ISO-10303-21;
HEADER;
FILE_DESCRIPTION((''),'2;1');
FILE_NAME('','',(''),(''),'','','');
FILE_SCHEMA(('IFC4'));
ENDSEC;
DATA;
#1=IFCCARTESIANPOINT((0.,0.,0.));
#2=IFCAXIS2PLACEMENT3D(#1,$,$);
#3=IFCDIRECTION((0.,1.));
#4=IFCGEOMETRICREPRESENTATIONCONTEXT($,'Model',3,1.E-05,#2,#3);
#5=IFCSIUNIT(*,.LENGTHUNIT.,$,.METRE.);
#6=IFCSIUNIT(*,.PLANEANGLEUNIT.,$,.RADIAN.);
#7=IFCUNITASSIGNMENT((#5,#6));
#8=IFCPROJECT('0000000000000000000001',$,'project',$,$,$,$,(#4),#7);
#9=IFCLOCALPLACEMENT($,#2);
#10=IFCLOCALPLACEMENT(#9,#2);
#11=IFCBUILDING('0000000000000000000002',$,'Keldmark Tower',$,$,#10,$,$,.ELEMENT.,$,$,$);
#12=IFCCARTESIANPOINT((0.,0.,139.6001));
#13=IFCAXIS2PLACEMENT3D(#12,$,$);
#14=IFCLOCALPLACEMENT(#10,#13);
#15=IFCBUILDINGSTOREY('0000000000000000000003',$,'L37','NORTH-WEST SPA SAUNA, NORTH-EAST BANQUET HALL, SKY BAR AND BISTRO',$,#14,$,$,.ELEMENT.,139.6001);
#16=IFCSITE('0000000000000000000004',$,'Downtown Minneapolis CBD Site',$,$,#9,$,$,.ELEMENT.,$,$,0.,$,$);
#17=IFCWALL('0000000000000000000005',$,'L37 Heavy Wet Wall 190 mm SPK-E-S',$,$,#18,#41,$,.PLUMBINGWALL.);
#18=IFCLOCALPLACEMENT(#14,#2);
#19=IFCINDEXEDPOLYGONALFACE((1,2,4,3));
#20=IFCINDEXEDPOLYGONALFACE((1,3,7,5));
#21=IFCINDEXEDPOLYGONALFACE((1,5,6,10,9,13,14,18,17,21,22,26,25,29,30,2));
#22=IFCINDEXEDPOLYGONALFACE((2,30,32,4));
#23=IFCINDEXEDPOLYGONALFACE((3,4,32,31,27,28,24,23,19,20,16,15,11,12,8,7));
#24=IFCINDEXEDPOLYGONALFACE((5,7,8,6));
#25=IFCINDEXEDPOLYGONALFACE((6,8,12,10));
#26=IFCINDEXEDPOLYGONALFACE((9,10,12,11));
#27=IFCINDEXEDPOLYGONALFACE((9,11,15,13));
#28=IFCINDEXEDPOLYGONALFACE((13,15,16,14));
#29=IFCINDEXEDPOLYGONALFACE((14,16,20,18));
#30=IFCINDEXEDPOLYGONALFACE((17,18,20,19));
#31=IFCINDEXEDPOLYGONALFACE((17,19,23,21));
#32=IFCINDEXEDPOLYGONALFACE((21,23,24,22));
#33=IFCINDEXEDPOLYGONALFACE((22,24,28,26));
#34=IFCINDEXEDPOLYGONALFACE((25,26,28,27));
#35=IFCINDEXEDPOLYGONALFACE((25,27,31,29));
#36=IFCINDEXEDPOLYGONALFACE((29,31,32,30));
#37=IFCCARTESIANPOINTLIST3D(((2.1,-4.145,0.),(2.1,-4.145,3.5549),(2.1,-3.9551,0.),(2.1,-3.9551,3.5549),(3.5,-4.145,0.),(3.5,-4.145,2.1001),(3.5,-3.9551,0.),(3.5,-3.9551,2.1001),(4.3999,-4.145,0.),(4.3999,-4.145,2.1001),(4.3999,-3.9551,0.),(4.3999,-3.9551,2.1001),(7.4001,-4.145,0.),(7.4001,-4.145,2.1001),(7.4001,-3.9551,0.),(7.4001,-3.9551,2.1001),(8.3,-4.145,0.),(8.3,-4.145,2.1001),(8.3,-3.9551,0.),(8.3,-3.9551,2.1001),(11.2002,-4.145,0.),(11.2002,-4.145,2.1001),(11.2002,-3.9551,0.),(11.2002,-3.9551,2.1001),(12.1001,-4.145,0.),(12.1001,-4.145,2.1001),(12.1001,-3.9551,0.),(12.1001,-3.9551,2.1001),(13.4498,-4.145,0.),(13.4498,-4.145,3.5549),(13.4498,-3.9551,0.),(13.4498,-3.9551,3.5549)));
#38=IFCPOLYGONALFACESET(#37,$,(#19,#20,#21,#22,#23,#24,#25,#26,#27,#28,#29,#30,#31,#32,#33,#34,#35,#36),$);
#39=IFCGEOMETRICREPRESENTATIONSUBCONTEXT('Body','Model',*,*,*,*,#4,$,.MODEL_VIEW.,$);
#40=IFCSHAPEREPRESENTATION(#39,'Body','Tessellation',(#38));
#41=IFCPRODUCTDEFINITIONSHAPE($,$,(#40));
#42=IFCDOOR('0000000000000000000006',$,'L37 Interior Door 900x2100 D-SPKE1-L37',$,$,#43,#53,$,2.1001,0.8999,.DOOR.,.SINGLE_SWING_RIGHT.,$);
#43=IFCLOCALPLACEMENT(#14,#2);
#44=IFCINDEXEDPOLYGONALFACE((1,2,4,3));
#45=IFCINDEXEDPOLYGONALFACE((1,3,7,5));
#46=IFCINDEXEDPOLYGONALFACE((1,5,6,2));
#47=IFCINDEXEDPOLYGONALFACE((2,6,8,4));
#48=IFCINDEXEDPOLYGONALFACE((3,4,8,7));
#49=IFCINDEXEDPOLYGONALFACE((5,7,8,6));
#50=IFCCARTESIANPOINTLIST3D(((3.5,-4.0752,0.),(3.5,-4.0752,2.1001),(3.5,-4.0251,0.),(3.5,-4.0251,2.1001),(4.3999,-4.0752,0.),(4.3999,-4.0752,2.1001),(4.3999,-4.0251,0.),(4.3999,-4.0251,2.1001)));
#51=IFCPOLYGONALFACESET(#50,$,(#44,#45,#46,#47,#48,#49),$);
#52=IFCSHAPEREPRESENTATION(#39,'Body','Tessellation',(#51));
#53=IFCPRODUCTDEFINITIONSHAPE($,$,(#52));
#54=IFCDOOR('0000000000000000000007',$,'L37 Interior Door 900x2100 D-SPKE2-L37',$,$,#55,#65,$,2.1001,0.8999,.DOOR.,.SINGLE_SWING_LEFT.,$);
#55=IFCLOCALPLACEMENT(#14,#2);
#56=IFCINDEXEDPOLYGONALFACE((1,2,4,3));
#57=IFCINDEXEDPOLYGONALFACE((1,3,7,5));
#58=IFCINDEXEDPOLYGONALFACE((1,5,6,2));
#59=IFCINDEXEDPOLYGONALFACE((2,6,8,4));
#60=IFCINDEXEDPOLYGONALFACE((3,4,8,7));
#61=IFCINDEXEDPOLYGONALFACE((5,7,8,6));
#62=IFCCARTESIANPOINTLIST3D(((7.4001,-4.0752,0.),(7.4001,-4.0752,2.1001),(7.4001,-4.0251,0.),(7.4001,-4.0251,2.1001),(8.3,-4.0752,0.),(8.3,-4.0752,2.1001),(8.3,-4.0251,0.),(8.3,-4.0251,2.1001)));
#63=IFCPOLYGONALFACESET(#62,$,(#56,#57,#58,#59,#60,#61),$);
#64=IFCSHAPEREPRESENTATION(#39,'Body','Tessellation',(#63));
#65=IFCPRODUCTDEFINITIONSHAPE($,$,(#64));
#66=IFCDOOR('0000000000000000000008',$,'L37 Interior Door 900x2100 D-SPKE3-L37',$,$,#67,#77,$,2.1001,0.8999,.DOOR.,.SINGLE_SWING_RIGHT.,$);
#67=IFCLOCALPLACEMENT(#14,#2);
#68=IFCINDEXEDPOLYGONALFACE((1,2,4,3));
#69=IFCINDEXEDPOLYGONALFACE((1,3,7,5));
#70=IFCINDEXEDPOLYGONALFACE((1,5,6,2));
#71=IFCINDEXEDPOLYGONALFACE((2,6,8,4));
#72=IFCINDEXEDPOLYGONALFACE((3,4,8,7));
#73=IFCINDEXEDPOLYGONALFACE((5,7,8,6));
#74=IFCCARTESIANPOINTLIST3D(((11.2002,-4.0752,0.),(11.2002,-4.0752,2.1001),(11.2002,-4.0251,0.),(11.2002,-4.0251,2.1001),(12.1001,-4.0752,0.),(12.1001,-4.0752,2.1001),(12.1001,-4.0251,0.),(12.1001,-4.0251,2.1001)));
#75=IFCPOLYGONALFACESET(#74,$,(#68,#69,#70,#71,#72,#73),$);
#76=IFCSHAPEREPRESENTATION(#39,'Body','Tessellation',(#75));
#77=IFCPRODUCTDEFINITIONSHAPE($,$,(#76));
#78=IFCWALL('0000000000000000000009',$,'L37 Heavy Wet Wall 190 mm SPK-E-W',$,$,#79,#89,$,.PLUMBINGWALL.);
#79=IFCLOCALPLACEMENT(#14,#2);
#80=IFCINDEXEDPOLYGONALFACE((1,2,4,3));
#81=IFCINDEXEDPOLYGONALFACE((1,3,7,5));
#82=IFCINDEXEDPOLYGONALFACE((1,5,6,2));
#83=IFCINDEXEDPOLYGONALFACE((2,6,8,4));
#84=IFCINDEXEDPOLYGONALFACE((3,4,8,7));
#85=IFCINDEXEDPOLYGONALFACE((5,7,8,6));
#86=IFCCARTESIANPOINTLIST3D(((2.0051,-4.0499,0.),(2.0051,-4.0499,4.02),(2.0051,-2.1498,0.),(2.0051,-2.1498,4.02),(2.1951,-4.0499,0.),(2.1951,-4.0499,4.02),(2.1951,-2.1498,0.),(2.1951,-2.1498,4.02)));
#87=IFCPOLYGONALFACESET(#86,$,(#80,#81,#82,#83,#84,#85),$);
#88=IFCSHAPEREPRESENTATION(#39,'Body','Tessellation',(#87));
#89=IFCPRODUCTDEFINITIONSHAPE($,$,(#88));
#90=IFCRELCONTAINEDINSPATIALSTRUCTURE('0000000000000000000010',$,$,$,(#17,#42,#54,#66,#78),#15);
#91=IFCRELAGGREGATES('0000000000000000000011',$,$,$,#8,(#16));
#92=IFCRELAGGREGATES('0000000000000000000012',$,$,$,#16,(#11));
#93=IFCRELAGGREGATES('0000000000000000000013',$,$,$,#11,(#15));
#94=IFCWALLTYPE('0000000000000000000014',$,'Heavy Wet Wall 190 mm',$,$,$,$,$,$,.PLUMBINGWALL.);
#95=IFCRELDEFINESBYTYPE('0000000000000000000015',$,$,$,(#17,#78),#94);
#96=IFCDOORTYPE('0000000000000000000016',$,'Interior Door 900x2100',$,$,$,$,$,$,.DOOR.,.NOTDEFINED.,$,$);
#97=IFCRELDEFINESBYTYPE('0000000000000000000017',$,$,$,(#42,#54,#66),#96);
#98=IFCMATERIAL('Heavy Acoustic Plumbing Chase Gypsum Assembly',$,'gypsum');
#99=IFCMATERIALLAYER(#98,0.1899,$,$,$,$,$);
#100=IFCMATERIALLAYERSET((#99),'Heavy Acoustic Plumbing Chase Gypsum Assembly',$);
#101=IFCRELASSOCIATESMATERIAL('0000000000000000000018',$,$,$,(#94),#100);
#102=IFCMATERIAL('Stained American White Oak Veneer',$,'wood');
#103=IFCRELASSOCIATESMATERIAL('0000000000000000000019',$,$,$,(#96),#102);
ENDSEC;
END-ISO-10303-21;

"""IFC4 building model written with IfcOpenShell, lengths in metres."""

from ifc_helpers import new_model, si_unit, direction, frame, frame_2d, origin, place, context, subcontext, project, spatial, rectangle, extrude, material, layer, layer_set, type_object, element, fill, save


model = new_model("IFC4")

# Units and contexts
model_context = context("Model", 3, precision=1e-05, world=origin(), true_north=direction((0.0, 1.0)))
body_context = subcontext(model_context, "Body", "Model", "MODEL_VIEW")
ifc_project = project(units=[si_unit("LENGTHUNIT", "METRE"), si_unit("PLANEANGLEUNIT", "RADIAN")], contexts=[model_context])

# Site, building, storey
site_placement = place(None, origin())
site = spatial("IfcSite", under=ifc_project, at=site_placement, Name="Downtown Minneapolis CBD Site", CompositionType="ELEMENT", RefElevation=0.0)
building_placement = place(site_placement, origin())
building = spatial("IfcBuilding", under=site, at=building_placement, Name="Keldmark Tower", CompositionType="ELEMENT")
storey_placement = place(building_placement, frame((0.0, 0.0, 139.6001)))
storey = spatial("IfcBuildingStorey", under=building, at=storey_placement, Name="L37", Description="NORTH-WEST SPA SAUNA, NORTH-EAST BANQUET HALL, SKY BAR AND BISTRO", CompositionType="ELEMENT", Elevation=139.6001)

# Wall, openings, doors
ifc_material_1 = material(Name="Heavy Acoustic Plumbing Chase Gypsum Assembly", Category="gypsum")
ifc_layer_1 = layer(ifc_material_1, 0.1899)
ifc_layer_set_1 = layer_set([ifc_layer_1], Name="Heavy Acoustic Plumbing Chase Gypsum Assembly")
wall_type = type_object("IfcWallType", Name="Heavy Wet Wall 190 mm", PredefinedType="PLUMBINGWALL", material=ifc_layer_set_1)
wall_1_placement = place(storey_placement, frame((2.1001, -4.05, 0.0), z_axis=(0.0, 0.0, 1.0), x_axis=(1.0, 0.0, 0.0)))
wall_1 = element("IfcWall", 1, at=wall_1_placement, inside=storey, type_object=wall_type, Name="L37 Heavy Wet Wall 190 mm SPK-E-S", PredefinedType="PLUMBINGWALL", context=body_context, shape_type="SweptSolid", body=[
    extrude(rectangle(XDim=11.3499, YDim=0.1899, at=frame_2d((5.6748, 0.0))), origin(), (0.0, 0.0, 1.0), 3.5549),
])
opening_1_placement = place(wall_1_placement, frame((1.3999, 0.0, 0.0)))
opening_1 = element("IfcOpeningElement", 2, at=opening_1_placement, cuts=wall_1, PredefinedType="OPENING", context=body_context, shape_type="SweptSolid", body=[
    extrude(rectangle(XDim=0.8999, YDim=2.1001, at=frame_2d((0.45, 1.05))), frame((0.0, 0.105, 0.0), z_axis=(0.0, -1.0, 0.0), x_axis=(1.0, 0.0, 0.0)), (0.0, 0.0, 1.0), 0.21),
])
opening_2_placement = place(wall_1_placement, frame((5.3, 0.0, 0.0)))
opening_2 = element("IfcOpeningElement", 3, at=opening_2_placement, cuts=wall_1, PredefinedType="OPENING", context=body_context, shape_type="SweptSolid", body=[
    extrude(rectangle(XDim=0.8999, YDim=2.1001, at=frame_2d((0.45, 1.05))), frame((0.0, 0.105, 0.0), z_axis=(0.0, -1.0, 0.0), x_axis=(1.0, 0.0, 0.0)), (0.0, 0.0, 1.0), 0.21),
])
opening_3_placement = place(wall_1_placement, frame((9.1001, 0.0, 0.0)))
opening_3 = element("IfcOpeningElement", 4, at=opening_3_placement, cuts=wall_1, PredefinedType="OPENING", context=body_context, shape_type="SweptSolid", body=[
    extrude(rectangle(XDim=0.8999, YDim=2.1001, at=frame_2d((0.45, 1.05))), frame((0.0, 0.105, 0.0), z_axis=(0.0, -1.0, 0.0), x_axis=(1.0, 0.0, 0.0)), (0.0, 0.0, 1.0), 0.21),
])
ifc_material_2 = material(Name="Stained American White Oak Veneer", Category="wood")
door_type = type_object("IfcDoorType", Name="Interior Door 900x2100", OperationType="NOTDEFINED", PredefinedType="DOOR", material=ifc_material_2)
door_1_placement = place(opening_1_placement, origin())
door_1 = element("IfcDoor", 5, at=door_1_placement, inside=storey, type_object=door_type, Name="L37 Interior Door 900x2100 D-SPKE1-L37", OperationType="SINGLE_SWING_RIGHT", OverallHeight=2.1001, OverallWidth=0.8999, PredefinedType="DOOR", context=body_context, shape_type="SweptSolid", body=[
    extrude(rectangle(XDim=0.8999, YDim=2.1001, at=frame_2d((0.45, 1.05))), frame((0.0, 0.0249, 0.0), z_axis=(0.0, -1.0, 0.0), x_axis=(1.0, 0.0, 0.0)), (0.0, 0.0, 1.0), 0.05),
])
fill(opening_1, door_1)
door_2_placement = place(opening_2_placement, origin())
door_2 = element("IfcDoor", 6, at=door_2_placement, inside=storey, type_object=door_type, Name="L37 Interior Door 900x2100 D-SPKE2-L37", OperationType="SINGLE_SWING_LEFT", OverallHeight=2.1001, OverallWidth=0.8999, PredefinedType="DOOR", context=body_context, shape_type="SweptSolid", body=[
    extrude(rectangle(XDim=0.8999, YDim=2.1001, at=frame_2d((0.45, 1.05))), frame((0.0, 0.0249, 0.0), z_axis=(0.0, -1.0, 0.0), x_axis=(1.0, 0.0, 0.0)), (0.0, 0.0, 1.0), 0.05),
])
fill(opening_2, door_2)
door_3_placement = place(opening_3_placement, origin())
door_3 = element("IfcDoor", 7, at=door_3_placement, inside=storey, type_object=door_type, Name="L37 Interior Door 900x2100 D-SPKE3-L37", OperationType="SINGLE_SWING_RIGHT", OverallHeight=2.1001, OverallWidth=0.8999, PredefinedType="DOOR", context=body_context, shape_type="SweptSolid", body=[
    extrude(rectangle(XDim=0.8999, YDim=2.1001, at=frame_2d((0.45, 1.05))), frame((0.0, 0.0249, 0.0), z_axis=(0.0, -1.0, 0.0), x_axis=(1.0, 0.0, 0.0)), (0.0, 0.0, 1.0), 0.05),
])
fill(opening_3, door_3)

# Wall
wall_2_placement = place(storey_placement, frame((2.1001, -4.05, 0.0), z_axis=(0.0, 0.0, 1.0), x_axis=(0.0, 1.0, 0.0)))
element("IfcWall", 8, at=wall_2_placement, inside=storey, type_object=wall_type, Name="L37 Heavy Wet Wall 190 mm SPK-E-W", PredefinedType="PLUMBINGWALL", context=body_context, shape_type="SweptSolid", body=[
    extrude(rectangle(XDim=1.9001, YDim=0.1899, at=frame_2d((0.9502, 0.0))), origin(), (0.0, 0.0, 1.0), 4.02),
])

save(model, "model.ifc")
